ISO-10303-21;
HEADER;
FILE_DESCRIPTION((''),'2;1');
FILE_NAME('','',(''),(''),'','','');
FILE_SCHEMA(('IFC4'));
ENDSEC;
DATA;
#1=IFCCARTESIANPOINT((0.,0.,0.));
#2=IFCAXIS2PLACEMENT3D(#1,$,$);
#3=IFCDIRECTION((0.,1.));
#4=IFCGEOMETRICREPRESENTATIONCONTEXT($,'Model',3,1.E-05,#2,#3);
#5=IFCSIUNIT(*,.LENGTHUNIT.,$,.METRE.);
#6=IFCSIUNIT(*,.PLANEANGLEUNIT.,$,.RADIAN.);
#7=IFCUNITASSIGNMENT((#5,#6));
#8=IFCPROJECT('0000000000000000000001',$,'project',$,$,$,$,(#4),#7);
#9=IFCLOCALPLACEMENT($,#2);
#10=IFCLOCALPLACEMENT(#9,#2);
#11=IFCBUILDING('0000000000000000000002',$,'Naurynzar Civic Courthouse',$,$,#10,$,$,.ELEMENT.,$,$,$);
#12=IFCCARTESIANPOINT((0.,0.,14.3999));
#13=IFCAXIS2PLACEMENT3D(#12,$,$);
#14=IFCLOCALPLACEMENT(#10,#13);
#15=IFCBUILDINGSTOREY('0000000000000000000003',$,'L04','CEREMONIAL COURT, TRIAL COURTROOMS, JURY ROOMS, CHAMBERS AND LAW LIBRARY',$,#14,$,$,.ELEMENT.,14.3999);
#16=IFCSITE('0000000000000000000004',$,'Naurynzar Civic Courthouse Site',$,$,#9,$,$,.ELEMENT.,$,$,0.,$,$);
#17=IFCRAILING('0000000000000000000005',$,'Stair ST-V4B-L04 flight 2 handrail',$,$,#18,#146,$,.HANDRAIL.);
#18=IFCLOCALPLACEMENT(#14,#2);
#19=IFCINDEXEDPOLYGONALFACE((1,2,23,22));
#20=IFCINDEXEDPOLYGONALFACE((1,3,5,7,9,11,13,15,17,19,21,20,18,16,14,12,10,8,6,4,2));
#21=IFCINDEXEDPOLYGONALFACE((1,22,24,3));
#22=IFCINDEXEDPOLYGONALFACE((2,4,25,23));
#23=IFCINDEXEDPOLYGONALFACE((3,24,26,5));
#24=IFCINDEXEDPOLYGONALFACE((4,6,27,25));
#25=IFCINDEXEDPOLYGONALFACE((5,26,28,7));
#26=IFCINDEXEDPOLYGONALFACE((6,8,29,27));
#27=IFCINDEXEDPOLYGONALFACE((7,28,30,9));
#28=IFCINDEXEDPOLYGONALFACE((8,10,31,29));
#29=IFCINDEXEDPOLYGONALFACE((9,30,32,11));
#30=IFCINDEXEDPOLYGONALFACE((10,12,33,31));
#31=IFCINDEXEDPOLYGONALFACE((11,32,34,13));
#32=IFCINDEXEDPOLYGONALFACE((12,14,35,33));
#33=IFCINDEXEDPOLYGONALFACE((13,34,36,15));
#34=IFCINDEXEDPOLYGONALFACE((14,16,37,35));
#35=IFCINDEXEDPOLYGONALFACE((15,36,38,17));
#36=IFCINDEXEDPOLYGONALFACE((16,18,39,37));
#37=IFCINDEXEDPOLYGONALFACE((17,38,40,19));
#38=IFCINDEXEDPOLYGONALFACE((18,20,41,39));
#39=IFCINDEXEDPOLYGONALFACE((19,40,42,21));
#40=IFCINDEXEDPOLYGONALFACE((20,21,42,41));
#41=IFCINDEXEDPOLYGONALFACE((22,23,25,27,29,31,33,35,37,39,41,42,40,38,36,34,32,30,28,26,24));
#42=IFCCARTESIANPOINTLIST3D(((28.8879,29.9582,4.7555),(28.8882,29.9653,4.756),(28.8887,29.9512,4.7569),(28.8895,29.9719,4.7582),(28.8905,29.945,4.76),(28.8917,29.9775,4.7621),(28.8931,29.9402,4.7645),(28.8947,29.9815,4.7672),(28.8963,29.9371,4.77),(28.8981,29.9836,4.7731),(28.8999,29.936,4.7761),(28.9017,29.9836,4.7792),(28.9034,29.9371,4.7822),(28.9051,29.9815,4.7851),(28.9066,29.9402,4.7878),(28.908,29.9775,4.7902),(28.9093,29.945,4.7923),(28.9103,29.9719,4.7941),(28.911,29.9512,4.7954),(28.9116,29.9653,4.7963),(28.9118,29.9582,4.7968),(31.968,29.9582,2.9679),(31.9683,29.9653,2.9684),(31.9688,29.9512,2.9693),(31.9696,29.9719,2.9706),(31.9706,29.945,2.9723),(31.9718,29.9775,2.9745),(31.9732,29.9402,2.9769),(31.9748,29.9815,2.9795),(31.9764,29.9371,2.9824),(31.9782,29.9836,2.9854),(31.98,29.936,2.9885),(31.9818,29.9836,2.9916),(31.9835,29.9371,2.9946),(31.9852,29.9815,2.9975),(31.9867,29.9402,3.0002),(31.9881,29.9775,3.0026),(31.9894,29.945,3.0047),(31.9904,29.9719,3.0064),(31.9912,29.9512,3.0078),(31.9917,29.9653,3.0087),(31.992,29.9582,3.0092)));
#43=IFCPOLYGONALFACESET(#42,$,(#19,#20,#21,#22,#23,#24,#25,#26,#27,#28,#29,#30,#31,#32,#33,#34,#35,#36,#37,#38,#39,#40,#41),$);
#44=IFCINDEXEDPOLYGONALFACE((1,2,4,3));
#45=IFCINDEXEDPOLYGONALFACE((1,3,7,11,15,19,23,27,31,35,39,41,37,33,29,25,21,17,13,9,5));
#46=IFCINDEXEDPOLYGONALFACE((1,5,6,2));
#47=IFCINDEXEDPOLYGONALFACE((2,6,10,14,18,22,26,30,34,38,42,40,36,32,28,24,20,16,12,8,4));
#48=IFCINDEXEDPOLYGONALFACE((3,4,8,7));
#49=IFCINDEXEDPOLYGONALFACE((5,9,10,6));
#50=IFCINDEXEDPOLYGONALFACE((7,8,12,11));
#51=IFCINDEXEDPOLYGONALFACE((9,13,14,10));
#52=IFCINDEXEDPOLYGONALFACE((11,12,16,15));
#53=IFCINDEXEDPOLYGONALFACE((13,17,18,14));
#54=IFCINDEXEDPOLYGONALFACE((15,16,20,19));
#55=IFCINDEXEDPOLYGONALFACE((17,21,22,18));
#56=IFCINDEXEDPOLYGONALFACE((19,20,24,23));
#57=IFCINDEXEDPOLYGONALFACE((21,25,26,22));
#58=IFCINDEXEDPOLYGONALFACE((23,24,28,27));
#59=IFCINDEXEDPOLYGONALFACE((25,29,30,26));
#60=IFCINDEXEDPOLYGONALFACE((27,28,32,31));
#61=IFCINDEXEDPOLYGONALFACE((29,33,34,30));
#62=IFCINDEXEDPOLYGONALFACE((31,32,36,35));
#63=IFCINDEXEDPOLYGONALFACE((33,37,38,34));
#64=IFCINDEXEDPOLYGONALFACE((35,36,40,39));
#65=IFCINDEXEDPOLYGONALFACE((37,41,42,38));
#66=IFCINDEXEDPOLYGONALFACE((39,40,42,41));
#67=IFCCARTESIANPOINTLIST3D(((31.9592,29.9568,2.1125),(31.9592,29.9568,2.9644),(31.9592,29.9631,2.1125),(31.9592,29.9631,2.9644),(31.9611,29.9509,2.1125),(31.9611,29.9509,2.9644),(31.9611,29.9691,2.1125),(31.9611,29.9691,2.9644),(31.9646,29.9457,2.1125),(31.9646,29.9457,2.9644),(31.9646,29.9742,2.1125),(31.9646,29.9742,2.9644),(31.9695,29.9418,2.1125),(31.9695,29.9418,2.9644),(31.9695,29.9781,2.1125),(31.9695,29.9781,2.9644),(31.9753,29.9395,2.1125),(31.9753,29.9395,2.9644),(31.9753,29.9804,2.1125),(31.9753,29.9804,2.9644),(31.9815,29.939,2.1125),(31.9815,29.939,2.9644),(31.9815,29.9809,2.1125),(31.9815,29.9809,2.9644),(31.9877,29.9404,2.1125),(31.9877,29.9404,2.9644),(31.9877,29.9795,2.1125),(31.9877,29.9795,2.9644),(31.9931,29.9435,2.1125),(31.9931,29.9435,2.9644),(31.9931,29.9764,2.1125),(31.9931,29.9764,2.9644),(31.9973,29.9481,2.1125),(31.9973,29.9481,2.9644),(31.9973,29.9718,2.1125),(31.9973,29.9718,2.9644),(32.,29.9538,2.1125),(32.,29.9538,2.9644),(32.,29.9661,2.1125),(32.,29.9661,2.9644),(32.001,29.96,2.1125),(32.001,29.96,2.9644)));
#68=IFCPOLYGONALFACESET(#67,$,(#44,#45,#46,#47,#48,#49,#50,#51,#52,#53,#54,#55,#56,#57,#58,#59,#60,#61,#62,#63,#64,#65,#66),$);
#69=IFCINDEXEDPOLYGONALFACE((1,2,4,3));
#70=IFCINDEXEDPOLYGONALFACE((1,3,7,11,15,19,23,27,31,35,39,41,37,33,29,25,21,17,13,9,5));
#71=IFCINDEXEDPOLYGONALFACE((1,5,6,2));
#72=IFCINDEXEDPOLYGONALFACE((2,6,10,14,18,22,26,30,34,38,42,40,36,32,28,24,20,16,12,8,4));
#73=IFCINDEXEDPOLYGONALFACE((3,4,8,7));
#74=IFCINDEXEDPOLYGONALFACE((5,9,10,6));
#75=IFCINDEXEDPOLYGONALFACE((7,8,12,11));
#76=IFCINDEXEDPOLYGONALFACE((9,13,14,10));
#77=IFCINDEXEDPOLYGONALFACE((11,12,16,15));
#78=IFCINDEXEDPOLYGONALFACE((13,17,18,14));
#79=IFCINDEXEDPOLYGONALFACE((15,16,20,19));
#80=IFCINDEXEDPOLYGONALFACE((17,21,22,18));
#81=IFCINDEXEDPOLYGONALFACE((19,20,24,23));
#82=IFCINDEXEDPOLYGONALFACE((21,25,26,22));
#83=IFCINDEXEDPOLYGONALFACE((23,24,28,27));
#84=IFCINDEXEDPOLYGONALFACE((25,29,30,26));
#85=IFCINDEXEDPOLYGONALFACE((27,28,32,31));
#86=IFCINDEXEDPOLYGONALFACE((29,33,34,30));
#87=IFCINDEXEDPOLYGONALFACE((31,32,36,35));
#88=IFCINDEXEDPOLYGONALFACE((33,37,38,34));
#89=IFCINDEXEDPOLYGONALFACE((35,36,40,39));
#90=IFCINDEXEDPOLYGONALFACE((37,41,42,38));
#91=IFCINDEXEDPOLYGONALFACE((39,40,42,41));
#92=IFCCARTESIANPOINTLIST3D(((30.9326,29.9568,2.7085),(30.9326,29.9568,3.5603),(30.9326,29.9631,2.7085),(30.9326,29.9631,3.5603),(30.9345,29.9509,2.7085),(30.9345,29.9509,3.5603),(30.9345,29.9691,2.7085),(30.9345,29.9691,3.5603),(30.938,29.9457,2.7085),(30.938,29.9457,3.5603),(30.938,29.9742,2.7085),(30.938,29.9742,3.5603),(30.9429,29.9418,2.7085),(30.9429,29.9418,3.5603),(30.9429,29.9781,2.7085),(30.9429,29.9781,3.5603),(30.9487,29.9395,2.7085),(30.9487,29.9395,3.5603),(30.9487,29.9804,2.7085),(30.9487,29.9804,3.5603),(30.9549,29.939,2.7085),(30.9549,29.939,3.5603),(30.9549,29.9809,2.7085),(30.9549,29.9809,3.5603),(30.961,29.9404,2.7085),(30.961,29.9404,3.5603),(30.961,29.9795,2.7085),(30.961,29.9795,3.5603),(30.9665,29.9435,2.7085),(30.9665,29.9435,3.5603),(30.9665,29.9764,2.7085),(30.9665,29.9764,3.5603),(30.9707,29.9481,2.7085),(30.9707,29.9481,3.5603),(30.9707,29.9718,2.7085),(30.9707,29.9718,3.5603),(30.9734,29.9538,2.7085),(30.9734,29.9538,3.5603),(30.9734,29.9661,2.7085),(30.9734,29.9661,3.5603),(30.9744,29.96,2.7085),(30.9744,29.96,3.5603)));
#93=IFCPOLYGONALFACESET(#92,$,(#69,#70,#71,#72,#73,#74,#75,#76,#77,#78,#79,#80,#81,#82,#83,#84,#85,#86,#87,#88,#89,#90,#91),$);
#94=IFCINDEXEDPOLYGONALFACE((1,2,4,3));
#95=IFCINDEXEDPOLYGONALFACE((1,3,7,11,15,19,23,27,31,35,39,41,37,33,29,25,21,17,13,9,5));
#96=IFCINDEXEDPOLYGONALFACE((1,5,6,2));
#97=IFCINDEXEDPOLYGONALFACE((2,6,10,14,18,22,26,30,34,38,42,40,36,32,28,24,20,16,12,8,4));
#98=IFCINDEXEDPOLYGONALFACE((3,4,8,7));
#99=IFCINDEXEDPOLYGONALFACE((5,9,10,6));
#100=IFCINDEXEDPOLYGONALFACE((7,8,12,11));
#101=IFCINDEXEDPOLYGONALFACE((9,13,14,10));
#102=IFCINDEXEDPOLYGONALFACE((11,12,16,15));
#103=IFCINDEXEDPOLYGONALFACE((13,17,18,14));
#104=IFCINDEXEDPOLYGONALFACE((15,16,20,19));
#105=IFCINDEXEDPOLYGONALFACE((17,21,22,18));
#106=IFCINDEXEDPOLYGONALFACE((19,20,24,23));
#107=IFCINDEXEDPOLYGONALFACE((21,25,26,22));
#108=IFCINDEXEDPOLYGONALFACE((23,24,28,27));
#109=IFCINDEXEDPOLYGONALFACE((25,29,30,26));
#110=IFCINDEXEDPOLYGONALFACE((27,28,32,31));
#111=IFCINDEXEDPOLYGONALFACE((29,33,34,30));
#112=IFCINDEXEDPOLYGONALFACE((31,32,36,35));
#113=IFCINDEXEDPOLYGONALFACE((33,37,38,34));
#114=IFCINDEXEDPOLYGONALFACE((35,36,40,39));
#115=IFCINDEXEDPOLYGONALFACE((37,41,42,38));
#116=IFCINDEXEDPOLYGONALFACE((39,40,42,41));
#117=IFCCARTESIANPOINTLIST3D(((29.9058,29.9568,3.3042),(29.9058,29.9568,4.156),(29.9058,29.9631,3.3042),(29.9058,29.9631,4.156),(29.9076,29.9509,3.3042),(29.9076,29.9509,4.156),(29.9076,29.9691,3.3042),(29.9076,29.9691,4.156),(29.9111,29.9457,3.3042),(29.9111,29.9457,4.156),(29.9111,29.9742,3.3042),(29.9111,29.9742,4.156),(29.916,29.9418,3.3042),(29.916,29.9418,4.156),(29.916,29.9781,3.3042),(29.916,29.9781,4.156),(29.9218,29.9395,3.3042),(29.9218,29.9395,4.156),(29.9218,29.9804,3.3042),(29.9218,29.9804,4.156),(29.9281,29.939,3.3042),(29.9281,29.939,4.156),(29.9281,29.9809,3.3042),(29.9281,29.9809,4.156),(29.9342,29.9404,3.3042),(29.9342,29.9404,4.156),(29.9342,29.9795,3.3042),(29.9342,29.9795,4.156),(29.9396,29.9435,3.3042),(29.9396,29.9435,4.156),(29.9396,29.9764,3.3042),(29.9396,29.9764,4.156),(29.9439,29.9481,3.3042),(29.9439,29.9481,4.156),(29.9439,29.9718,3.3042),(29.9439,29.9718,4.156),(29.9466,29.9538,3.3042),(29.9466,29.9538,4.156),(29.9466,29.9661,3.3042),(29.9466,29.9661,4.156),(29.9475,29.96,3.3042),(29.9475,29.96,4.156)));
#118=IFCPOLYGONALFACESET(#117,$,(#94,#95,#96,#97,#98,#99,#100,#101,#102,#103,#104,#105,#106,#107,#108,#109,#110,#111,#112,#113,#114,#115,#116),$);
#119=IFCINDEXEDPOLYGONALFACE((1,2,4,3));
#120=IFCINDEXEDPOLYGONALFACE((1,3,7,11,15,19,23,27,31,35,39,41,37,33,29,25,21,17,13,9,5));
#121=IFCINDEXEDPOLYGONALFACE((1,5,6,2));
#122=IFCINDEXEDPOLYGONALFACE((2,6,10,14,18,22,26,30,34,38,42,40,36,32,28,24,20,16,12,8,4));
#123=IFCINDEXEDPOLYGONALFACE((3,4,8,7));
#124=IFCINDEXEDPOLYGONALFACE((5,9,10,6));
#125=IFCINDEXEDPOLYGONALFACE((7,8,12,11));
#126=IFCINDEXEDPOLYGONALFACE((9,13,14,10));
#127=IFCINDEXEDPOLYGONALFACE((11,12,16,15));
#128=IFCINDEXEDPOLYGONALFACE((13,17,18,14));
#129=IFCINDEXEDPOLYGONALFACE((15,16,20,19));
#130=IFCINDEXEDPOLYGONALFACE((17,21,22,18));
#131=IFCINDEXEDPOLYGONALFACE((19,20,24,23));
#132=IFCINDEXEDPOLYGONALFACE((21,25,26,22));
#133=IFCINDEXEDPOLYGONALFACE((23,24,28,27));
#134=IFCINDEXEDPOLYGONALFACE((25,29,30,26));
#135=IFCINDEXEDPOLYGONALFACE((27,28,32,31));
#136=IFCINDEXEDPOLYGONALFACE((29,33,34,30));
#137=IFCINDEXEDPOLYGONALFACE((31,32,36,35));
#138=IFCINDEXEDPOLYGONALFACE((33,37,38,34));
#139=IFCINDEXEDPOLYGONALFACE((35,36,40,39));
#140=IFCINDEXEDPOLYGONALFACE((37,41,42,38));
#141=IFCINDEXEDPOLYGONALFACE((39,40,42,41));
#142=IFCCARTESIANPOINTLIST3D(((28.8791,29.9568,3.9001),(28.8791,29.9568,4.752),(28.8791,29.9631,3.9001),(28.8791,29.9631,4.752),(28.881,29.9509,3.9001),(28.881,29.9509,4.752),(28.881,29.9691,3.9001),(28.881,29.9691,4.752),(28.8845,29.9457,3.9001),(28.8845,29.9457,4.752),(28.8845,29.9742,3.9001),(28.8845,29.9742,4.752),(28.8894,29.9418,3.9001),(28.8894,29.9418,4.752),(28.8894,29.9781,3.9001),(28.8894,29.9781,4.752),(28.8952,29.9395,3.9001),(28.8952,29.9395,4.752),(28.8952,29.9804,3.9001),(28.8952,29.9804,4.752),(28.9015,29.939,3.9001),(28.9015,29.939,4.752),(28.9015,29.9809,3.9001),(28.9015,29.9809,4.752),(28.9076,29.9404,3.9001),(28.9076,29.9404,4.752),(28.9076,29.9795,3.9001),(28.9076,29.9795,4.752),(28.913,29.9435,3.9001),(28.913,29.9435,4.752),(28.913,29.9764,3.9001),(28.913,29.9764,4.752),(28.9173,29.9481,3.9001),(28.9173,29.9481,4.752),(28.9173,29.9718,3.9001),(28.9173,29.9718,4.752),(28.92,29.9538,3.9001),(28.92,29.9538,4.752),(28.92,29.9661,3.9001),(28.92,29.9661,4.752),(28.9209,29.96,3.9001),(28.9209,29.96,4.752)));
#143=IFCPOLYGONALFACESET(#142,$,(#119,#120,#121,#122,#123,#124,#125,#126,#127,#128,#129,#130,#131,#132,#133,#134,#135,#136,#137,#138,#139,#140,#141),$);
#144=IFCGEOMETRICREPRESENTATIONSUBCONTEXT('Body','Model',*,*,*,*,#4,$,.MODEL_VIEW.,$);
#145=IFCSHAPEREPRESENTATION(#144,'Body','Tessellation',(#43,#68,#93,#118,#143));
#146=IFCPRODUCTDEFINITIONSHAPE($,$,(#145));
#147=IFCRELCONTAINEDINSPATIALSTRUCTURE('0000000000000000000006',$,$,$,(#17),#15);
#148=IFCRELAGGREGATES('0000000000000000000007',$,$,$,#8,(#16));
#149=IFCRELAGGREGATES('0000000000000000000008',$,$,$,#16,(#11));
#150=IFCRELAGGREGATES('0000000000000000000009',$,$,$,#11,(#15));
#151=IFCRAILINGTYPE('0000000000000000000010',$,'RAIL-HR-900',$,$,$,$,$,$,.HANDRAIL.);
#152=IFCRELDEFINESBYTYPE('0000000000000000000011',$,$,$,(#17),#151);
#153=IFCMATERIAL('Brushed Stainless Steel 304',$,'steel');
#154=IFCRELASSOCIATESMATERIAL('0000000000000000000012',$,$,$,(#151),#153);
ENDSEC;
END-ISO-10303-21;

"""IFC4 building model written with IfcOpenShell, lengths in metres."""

from ifc_helpers import new_model, si_unit, direction, frame, origin, origin_2d, place, context, subcontext, project, spatial, circle, extrude, material, type_object, element, save


model = new_model("IFC4")

# Units and contexts
model_context = context("Model", 3, precision=1e-05, world=origin(), true_north=direction((0.0, 1.0)))
body_context = subcontext(model_context, "Body", "Model", "MODEL_VIEW")
ifc_project = project(units=[si_unit("LENGTHUNIT", "METRE"), si_unit("PLANEANGLEUNIT", "RADIAN")], contexts=[model_context])

# Site, building, storey
site_placement = place(None, origin())
site = spatial("IfcSite", under=ifc_project, at=site_placement, Name="Naurynzar Civic Courthouse Site", CompositionType="ELEMENT", RefElevation=0.0)
building_placement = place(site_placement, origin())
building = spatial("IfcBuilding", under=site, at=building_placement, Name="Naurynzar Civic Courthouse", CompositionType="ELEMENT")
storey_placement = place(building_placement, frame((0.0, 0.0, 14.3999)))
storey = spatial("IfcBuildingStorey", under=building, at=storey_placement, Name="L04", Description="CEREMONIAL COURT, TRIAL COURTROOMS, JURY ROOMS, CHAMBERS AND LAW LIBRARY", CompositionType="ELEMENT", Elevation=14.3999)

# Railing
ifc_material_1 = material(Name="Brushed Stainless Steel 304", Category="steel")
railing_type_1 = type_object("IfcRailingType", Name="RAIL-HR-900", PredefinedType="HANDRAIL", material=ifc_material_1)
railing_1_placement = place(storey_placement, frame((31.98, 29.96, 2.1125)))
element("IfcRailing", 1, at=railing_1_placement, inside=storey, type_object=railing_type_1, Name="Stair ST-V4B-L04 flight 2 handrail", PredefinedType="HANDRAIL", context=body_context, shape_type="SweptSolid", body=[
    extrude(circle(Radius=0.0239, at=origin_2d()), frame((0.0, 0.0, 0.876), z_axis=(-0.864891, 0.0, 0.50196), x_axis=(0.0, -1.0, 0.0)), (0.0, 0.0, 1.0), 3.5613),
    extrude(circle(Radius=0.021, at=origin_2d()), origin(), (0.0, 0.0, 1.0), 0.8518),
    extrude(circle(Radius=0.021, at=origin_2d()), frame((-1.0266, 0.0, 0.5959)), (0.0, 0.0, 1.0), 0.8518),
    extrude(circle(Radius=0.021, at=origin_2d()), frame((-2.0535, 0.0, 1.1917)), (0.0, 0.0, 1.0), 0.8518),
    extrude(circle(Radius=0.021, at=origin_2d()), frame((-3.0801, 0.0, 1.7876)), (0.0, 0.0, 1.0), 0.8518),
])

save(model, "model.ifc")
